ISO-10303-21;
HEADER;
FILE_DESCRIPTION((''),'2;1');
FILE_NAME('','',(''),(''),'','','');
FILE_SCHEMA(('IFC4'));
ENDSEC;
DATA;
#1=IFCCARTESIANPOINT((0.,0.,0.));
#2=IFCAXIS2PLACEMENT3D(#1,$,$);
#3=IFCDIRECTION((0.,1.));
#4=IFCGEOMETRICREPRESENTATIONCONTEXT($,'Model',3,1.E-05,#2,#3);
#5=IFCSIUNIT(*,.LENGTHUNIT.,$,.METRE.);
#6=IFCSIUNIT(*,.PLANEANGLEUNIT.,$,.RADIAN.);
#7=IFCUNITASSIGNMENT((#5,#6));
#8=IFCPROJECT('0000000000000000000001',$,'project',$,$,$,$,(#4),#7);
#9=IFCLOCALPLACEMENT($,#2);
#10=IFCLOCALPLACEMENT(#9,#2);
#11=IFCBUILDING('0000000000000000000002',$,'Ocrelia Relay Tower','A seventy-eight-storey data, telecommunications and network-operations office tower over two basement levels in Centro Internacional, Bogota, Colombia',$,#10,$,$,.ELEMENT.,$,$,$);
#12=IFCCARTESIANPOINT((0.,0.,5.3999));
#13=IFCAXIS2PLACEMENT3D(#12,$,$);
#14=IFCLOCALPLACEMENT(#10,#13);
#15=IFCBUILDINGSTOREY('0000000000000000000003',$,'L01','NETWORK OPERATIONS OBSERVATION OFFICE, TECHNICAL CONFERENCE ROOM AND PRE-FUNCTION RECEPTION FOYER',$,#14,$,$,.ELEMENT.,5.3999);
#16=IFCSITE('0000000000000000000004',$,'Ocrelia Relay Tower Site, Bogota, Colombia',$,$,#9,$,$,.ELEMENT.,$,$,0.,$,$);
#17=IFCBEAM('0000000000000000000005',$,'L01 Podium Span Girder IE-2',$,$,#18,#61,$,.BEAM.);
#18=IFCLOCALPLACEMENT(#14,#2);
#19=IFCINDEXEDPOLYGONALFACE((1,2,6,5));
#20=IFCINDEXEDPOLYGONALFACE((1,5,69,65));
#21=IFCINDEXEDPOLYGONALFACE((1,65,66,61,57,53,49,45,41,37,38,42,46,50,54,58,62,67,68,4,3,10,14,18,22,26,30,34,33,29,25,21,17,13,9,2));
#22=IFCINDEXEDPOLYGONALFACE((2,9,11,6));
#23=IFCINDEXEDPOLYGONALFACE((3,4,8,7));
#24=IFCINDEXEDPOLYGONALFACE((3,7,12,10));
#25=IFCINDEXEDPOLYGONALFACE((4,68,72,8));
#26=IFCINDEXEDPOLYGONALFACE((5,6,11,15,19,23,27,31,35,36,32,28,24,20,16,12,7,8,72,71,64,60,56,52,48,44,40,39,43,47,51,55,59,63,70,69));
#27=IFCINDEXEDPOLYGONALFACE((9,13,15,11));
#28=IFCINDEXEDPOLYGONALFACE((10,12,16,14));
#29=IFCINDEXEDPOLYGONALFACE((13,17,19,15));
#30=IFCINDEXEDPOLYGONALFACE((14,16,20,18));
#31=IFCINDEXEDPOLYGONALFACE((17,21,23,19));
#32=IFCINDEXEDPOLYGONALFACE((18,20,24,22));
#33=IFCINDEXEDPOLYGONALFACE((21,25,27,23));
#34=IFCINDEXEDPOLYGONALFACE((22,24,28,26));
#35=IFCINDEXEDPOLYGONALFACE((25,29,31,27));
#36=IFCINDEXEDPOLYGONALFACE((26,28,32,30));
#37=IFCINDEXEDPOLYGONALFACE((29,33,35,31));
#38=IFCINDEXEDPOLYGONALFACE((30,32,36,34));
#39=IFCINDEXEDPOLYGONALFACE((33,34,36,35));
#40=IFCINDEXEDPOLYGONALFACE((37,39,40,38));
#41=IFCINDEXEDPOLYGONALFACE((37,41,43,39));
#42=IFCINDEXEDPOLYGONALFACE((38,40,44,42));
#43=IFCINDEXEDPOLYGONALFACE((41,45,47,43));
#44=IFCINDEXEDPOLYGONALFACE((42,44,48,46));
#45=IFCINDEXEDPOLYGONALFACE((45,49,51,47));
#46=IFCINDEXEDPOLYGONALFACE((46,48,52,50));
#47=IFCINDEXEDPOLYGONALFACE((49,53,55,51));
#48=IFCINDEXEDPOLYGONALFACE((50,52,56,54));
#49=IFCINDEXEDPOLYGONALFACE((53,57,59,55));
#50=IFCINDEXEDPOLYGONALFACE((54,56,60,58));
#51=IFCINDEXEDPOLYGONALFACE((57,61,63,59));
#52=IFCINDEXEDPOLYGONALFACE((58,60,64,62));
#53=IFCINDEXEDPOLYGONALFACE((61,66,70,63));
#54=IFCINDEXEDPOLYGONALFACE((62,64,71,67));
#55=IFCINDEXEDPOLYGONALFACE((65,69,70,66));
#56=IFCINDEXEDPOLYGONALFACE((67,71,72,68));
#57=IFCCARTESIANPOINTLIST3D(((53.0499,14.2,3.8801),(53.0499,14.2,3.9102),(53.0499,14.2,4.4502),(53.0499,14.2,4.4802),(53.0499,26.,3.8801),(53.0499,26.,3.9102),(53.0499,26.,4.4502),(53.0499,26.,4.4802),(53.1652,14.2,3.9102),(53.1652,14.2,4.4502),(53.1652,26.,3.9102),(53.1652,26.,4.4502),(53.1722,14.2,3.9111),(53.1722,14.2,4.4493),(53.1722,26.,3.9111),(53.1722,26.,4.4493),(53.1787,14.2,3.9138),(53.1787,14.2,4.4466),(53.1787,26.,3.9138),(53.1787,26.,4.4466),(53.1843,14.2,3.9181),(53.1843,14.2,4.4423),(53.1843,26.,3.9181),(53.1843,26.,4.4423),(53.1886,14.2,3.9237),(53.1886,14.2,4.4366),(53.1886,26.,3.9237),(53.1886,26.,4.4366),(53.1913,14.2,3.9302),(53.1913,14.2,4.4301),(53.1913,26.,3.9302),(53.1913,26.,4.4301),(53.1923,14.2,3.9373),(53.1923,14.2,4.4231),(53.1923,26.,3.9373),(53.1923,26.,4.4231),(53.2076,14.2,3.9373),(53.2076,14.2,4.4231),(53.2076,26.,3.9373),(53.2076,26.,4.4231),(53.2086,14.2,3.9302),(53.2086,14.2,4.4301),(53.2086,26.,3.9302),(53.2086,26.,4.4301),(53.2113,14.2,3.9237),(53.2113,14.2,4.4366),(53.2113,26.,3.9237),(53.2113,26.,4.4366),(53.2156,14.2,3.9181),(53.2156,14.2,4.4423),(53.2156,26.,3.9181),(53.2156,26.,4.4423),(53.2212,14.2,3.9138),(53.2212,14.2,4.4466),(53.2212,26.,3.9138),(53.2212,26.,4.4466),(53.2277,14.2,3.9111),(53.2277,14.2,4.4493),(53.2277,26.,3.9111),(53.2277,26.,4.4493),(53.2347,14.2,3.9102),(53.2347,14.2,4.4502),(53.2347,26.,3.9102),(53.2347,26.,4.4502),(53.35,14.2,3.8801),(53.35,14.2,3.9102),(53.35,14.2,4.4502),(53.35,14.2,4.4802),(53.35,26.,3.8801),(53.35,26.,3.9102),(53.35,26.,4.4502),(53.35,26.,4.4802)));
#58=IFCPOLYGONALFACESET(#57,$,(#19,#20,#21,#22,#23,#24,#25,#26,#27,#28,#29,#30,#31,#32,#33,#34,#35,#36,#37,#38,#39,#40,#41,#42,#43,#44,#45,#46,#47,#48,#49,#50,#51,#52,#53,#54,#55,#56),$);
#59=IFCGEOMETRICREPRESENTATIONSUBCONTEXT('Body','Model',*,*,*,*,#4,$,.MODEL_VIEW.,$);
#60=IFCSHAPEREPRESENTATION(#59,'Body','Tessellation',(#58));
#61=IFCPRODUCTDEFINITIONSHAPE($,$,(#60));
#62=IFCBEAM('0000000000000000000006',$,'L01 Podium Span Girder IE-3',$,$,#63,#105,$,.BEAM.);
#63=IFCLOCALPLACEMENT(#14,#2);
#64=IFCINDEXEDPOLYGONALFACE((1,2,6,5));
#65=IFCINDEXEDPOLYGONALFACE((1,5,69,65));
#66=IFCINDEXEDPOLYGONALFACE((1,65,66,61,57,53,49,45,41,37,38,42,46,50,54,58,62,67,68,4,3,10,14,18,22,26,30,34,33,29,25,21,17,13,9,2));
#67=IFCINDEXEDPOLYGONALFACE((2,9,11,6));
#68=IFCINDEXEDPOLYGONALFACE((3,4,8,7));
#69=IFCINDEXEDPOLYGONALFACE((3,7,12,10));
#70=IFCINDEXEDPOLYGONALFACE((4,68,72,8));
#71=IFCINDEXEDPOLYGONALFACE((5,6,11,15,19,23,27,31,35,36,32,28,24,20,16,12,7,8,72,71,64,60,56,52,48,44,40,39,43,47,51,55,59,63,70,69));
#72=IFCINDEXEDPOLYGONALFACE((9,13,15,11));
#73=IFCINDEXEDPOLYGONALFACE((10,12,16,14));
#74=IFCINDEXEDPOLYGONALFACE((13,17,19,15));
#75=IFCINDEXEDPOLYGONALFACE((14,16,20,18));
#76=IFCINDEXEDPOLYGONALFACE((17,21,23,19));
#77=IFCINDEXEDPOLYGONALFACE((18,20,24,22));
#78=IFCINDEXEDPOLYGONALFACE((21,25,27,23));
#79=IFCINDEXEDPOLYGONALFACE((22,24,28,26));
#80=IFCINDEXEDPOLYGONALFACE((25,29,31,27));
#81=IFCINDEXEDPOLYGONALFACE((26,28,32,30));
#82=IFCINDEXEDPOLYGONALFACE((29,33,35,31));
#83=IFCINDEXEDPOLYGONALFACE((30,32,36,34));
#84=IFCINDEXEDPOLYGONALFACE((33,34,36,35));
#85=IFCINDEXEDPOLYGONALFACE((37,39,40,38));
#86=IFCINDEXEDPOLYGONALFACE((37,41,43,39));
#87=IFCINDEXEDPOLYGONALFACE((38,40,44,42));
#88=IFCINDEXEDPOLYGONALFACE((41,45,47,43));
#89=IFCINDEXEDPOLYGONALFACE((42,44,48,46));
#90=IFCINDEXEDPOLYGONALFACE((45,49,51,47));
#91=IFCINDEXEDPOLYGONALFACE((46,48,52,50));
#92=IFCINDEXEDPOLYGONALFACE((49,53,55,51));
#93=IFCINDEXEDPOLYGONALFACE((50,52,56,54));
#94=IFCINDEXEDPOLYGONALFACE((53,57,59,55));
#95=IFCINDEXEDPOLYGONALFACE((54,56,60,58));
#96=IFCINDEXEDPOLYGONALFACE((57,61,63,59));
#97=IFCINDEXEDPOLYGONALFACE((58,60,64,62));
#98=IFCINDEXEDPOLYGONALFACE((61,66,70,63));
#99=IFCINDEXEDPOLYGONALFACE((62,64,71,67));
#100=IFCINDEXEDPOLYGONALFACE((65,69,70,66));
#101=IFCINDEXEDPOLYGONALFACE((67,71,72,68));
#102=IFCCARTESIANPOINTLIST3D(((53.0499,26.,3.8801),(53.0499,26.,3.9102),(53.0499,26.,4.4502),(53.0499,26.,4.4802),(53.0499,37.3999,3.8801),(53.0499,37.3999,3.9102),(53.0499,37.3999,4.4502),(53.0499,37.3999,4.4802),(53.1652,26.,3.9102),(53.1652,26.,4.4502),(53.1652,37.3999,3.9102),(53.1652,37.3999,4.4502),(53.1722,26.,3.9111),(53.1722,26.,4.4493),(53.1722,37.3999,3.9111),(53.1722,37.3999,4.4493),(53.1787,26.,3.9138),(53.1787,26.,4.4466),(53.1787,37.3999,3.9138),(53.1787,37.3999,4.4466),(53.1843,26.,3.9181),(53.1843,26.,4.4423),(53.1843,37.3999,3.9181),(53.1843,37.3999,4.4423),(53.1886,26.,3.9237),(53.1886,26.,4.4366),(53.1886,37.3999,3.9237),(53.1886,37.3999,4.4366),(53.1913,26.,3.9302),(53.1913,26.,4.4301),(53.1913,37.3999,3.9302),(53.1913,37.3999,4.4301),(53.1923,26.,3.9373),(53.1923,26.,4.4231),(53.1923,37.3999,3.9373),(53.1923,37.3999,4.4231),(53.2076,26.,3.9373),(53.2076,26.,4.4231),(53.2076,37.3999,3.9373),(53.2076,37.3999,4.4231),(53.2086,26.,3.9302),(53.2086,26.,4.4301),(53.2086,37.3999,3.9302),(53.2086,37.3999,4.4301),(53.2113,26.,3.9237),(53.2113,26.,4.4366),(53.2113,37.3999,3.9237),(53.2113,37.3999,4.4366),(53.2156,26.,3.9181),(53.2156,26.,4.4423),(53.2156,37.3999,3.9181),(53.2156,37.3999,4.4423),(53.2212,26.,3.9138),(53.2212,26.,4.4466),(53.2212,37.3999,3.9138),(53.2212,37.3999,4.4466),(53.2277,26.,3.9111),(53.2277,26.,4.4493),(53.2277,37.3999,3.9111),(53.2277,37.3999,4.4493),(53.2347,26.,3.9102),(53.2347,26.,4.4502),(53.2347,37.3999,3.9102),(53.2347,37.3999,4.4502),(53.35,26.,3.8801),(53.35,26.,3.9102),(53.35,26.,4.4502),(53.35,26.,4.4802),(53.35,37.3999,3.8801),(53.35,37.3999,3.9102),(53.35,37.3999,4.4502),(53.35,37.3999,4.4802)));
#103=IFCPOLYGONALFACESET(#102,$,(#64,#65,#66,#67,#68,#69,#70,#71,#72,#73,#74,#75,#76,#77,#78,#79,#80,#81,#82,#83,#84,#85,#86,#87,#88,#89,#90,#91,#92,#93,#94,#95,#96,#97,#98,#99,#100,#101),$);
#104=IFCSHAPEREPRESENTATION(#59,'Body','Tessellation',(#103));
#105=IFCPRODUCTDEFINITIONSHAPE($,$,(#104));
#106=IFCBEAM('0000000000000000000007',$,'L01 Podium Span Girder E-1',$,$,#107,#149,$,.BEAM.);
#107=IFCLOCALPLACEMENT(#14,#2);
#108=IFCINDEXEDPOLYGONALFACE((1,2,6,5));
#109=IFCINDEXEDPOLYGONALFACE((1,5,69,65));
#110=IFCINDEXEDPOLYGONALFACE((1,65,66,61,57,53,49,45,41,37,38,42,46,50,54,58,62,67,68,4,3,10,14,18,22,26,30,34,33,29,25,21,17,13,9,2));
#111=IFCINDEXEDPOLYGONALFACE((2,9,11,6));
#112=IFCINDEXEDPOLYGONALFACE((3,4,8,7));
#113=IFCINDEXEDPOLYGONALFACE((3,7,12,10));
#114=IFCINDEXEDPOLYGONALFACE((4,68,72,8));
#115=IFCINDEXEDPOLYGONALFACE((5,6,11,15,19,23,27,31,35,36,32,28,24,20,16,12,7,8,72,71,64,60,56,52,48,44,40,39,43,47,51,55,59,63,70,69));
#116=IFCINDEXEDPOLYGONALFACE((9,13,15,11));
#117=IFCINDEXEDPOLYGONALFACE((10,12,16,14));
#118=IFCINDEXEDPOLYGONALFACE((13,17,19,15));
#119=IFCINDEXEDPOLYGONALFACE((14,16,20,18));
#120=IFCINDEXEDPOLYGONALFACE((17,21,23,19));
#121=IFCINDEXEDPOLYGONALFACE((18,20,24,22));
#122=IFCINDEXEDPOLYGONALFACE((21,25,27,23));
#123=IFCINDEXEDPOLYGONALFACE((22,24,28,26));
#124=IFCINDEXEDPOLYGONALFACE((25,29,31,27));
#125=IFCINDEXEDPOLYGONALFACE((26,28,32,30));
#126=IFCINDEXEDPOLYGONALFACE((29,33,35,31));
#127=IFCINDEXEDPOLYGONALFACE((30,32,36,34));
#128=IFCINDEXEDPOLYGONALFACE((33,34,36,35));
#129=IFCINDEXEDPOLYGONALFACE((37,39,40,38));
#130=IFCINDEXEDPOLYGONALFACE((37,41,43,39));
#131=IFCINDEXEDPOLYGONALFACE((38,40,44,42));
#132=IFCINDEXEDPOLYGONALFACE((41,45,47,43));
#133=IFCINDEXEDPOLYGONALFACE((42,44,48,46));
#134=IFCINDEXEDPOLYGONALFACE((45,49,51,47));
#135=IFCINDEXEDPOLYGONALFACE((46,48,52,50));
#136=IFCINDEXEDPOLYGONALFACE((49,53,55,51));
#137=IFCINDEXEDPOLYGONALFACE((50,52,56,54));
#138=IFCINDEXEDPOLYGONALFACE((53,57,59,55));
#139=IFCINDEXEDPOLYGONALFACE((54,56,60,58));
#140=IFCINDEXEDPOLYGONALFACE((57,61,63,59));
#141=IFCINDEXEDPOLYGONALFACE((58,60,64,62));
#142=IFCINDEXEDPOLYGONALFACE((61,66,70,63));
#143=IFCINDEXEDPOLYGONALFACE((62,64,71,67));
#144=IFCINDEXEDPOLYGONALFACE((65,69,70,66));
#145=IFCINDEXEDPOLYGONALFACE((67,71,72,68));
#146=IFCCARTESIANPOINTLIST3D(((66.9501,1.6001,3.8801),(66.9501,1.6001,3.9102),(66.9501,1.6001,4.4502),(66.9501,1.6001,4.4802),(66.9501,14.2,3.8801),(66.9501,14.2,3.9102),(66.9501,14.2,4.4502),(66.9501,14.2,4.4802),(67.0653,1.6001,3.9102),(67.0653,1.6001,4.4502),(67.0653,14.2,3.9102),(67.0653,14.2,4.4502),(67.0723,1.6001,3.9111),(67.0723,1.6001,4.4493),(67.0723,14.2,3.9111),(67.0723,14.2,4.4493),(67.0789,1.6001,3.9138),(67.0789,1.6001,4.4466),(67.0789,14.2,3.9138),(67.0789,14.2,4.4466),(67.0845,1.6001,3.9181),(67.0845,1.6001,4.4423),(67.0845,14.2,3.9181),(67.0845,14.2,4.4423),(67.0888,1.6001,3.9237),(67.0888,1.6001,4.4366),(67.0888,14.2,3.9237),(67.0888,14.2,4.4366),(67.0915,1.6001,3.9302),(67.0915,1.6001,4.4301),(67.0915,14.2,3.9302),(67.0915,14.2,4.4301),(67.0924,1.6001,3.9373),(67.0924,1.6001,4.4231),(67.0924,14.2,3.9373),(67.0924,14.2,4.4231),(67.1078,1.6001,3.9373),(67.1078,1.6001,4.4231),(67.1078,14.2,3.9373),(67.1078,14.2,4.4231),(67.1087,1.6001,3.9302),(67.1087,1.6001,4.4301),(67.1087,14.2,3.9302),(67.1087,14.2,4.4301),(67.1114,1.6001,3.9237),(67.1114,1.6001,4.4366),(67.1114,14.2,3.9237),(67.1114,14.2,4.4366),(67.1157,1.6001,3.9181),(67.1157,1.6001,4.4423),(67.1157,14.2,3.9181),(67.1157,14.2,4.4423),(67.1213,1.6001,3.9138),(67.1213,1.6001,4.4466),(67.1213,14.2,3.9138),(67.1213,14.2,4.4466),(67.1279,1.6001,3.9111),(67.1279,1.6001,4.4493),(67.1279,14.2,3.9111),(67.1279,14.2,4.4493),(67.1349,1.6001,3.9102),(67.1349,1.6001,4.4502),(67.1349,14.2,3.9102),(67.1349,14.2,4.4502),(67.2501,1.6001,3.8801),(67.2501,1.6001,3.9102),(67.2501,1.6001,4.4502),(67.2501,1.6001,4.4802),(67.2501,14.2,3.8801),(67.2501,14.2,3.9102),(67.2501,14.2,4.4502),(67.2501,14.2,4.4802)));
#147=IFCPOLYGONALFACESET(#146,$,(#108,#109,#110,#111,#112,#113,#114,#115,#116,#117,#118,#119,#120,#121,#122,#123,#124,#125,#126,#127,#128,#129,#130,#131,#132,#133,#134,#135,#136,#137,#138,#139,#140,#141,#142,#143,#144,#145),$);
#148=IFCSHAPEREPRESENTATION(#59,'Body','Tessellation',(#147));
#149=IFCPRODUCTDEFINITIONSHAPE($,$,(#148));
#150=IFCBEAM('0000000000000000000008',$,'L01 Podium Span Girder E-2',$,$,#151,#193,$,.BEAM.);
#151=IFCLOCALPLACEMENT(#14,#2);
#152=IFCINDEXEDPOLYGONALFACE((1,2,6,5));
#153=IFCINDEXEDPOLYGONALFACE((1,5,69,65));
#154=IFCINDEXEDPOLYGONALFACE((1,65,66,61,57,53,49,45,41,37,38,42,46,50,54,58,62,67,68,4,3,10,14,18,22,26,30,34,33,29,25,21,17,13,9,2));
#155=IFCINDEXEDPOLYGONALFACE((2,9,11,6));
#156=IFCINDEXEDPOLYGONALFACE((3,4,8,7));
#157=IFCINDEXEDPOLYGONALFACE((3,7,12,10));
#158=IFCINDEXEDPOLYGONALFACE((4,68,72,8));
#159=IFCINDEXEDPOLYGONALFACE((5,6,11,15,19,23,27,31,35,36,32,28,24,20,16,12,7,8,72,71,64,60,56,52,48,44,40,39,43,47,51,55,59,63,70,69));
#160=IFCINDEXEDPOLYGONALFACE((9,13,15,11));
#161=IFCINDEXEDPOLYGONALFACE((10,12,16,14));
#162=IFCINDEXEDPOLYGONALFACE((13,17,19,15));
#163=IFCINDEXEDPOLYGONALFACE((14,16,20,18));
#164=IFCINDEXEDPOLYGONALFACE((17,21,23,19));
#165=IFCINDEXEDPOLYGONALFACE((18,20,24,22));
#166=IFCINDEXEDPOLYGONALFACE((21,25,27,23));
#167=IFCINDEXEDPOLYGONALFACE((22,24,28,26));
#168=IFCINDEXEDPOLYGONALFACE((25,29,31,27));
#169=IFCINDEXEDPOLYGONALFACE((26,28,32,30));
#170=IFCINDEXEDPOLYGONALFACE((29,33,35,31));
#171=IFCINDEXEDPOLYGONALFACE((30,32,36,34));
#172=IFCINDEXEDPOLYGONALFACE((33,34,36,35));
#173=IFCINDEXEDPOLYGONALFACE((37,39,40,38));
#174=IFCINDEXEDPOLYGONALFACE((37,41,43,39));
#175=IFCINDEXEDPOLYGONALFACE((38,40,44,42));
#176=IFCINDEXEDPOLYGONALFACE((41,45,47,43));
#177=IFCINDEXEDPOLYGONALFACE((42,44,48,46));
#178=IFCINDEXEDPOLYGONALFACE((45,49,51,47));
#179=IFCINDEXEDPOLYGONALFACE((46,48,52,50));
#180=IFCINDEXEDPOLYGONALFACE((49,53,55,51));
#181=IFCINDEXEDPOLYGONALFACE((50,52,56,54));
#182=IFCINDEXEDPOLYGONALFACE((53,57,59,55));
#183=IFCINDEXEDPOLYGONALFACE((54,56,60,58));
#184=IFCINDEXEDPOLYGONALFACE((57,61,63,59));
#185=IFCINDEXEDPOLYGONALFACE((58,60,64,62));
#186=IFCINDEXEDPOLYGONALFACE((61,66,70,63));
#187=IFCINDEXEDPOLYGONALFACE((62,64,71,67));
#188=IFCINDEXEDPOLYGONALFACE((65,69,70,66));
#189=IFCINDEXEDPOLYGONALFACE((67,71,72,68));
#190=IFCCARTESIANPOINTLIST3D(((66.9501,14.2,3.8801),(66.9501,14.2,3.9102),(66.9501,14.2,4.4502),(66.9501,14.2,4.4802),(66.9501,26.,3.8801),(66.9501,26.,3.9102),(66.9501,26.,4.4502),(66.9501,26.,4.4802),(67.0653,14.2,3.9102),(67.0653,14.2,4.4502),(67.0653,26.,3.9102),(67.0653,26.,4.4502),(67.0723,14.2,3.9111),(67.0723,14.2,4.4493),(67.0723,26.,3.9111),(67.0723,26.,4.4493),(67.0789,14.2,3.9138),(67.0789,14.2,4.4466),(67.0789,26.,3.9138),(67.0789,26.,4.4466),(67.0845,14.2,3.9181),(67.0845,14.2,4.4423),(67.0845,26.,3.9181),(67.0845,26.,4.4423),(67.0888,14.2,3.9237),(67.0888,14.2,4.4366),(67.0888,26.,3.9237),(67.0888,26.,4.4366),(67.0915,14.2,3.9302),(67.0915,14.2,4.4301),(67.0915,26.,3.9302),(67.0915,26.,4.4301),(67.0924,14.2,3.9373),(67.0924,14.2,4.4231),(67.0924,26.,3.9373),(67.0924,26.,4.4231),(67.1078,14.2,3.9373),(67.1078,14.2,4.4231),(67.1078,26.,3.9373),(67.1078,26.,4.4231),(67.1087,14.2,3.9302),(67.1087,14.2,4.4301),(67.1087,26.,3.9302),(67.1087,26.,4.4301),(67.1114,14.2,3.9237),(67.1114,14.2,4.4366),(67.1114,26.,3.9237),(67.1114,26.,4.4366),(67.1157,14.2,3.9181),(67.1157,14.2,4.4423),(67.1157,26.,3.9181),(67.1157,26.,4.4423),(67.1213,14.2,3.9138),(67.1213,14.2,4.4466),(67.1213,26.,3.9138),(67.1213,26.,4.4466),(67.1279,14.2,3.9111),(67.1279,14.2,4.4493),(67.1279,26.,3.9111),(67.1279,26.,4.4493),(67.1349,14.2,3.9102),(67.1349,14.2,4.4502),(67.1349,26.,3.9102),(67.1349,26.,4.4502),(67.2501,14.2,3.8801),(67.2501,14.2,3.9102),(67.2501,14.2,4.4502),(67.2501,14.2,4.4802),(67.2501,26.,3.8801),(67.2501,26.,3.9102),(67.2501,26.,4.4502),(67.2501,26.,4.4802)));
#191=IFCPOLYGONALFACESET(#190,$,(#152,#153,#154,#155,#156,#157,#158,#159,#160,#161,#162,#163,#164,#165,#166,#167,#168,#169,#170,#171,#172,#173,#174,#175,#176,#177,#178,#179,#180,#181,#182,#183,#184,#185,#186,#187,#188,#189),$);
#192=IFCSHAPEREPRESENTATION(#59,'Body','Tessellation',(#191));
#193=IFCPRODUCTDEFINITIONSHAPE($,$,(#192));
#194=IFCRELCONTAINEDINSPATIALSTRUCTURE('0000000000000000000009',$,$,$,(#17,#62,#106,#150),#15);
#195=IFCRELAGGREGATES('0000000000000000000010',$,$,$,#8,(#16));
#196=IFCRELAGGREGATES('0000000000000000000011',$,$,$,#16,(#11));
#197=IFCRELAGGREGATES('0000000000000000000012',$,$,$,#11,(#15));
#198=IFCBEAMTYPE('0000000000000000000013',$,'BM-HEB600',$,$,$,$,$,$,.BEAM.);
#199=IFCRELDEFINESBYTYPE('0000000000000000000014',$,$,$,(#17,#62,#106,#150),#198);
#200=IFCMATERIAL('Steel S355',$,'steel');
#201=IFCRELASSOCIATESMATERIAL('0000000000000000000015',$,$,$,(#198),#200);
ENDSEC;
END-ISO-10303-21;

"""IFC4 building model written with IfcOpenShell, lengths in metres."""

from ifc_helpers import new_model, si_unit, direction, frame, origin, origin_2d, place, context, subcontext, project, spatial, i_section, extrude, material, material_profile, profile_set, type_object, element, save


model = new_model("IFC4")

# Units and contexts
model_context = context("Model", 3, precision=1e-05, world=origin(), true_north=direction((0.0, 1.0)))
body_context = subcontext(model_context, "Body", "Model", "MODEL_VIEW")
ifc_project = project(units=[si_unit("LENGTHUNIT", "METRE"), si_unit("PLANEANGLEUNIT", "RADIAN")], contexts=[model_context])

# Site, building, storey
site_placement = place(None, origin())
site = spatial("IfcSite", under=ifc_project, at=site_placement, Name="Ocrelia Relay Tower Site, Bogota, Colombia", CompositionType="ELEMENT", RefElevation=0.0)
building_placement = place(site_placement, origin())
building = spatial("IfcBuilding", under=site, at=building_placement, Name="Ocrelia Relay Tower", Description="A seventy-eight-storey data, telecommunications and network-operations office tower over two basement levels in Centro Internacional, Bogota, Colombia", CompositionType="ELEMENT")
storey_placement = place(building_placement, frame((0.0, 0.0, 5.3999)))
storey = spatial("IfcBuildingStorey", under=building, at=storey_placement, Name="L01", Description="NETWORK OPERATIONS OBSERVATION OFFICE, TECHNICAL CONFERENCE ROOM AND PRE-FUNCTION RECEPTION FOYER", CompositionType="ELEMENT", Elevation=5.3999)

# Beams
ifc_material_1 = material(Name="Steel S355", Category="steel")
ifc_material_profile_1 = material_profile(ifc_material_1, i_section(OverallWidth=0.3, OverallDepth=0.6001, WebThickness=0.0154, FlangeThickness=0.03, FilletRadius=0.0271, at=origin_2d()), Name="HEB 600")
ifc_profile_set_1 = profile_set([ifc_material_profile_1], Name="Steel S355")
beam_type_1 = type_object("IfcBeamType", Name="BM-HEB600", PredefinedType="BEAM", material=ifc_profile_set_1)
beam_1_placement = place(storey_placement, frame((53.2, 14.2, 4.1802), z_axis=(0.0, 1.0, 0.0), x_axis=(-1.0, 0.0, 0.0)))
element("IfcBeam", 1, at=beam_1_placement, inside=storey, type_object=beam_type_1, Name="L01 Podium Span Girder IE-2", PredefinedType="BEAM", context=body_context, shape_type="SweptSolid", body=[
    extrude(i_section(OverallWidth=0.3, OverallDepth=0.6001, WebThickness=0.0154, FlangeThickness=0.03, FilletRadius=0.0271, at=origin_2d()), origin(), (0.0, 0.0, 1.0), 11.8),
])
beam_2_placement = place(storey_placement, frame((53.2, 26.0, 4.1802), z_axis=(0.0, 1.0, 0.0), x_axis=(-1.0, 0.0, 0.0)))
element("IfcBeam", 2, at=beam_2_placement, inside=storey, type_object=beam_type_1, Name="L01 Podium Span Girder IE-3", PredefinedType="BEAM", context=body_context, shape_type="SweptSolid", body=[
    extrude(i_section(OverallWidth=0.3, OverallDepth=0.6001, WebThickness=0.0154, FlangeThickness=0.03, FilletRadius=0.0271, at=origin_2d()), origin(), (0.0, 0.0, 1.0), 11.3999),
])
beam_3_placement = place(storey_placement, frame((67.1001, 1.6001, 4.1802), z_axis=(0.0, 1.0, 0.0), x_axis=(-1.0, 0.0, 0.0)))
element("IfcBeam", 3, at=beam_3_placement, inside=storey, type_object=beam_type_1, Name="L01 Podium Span Girder E-1", PredefinedType="BEAM", context=body_context, shape_type="SweptSolid", body=[
    extrude(i_section(OverallWidth=0.3, OverallDepth=0.6001, WebThickness=0.0154, FlangeThickness=0.03, FilletRadius=0.0271, at=origin_2d()), origin(), (0.0, 0.0, 1.0), 12.5999),
])
beam_4_placement = place(storey_placement, frame((67.1001, 14.2, 4.1802), z_axis=(0.0, 1.0, 0.0), x_axis=(-1.0, 0.0, 0.0)))
element("IfcBeam", 4, at=beam_4_placement, inside=storey, type_object=beam_type_1, Name="L01 Podium Span Girder E-2", PredefinedType="BEAM", context=body_context, shape_type="SweptSolid", body=[
    extrude(i_section(OverallWidth=0.3, OverallDepth=0.6001, WebThickness=0.0154, FlangeThickness=0.03, FilletRadius=0.0271, at=origin_2d()), origin(), (0.0, 0.0, 1.0), 11.8),
])

save(model, "model.ifc")
